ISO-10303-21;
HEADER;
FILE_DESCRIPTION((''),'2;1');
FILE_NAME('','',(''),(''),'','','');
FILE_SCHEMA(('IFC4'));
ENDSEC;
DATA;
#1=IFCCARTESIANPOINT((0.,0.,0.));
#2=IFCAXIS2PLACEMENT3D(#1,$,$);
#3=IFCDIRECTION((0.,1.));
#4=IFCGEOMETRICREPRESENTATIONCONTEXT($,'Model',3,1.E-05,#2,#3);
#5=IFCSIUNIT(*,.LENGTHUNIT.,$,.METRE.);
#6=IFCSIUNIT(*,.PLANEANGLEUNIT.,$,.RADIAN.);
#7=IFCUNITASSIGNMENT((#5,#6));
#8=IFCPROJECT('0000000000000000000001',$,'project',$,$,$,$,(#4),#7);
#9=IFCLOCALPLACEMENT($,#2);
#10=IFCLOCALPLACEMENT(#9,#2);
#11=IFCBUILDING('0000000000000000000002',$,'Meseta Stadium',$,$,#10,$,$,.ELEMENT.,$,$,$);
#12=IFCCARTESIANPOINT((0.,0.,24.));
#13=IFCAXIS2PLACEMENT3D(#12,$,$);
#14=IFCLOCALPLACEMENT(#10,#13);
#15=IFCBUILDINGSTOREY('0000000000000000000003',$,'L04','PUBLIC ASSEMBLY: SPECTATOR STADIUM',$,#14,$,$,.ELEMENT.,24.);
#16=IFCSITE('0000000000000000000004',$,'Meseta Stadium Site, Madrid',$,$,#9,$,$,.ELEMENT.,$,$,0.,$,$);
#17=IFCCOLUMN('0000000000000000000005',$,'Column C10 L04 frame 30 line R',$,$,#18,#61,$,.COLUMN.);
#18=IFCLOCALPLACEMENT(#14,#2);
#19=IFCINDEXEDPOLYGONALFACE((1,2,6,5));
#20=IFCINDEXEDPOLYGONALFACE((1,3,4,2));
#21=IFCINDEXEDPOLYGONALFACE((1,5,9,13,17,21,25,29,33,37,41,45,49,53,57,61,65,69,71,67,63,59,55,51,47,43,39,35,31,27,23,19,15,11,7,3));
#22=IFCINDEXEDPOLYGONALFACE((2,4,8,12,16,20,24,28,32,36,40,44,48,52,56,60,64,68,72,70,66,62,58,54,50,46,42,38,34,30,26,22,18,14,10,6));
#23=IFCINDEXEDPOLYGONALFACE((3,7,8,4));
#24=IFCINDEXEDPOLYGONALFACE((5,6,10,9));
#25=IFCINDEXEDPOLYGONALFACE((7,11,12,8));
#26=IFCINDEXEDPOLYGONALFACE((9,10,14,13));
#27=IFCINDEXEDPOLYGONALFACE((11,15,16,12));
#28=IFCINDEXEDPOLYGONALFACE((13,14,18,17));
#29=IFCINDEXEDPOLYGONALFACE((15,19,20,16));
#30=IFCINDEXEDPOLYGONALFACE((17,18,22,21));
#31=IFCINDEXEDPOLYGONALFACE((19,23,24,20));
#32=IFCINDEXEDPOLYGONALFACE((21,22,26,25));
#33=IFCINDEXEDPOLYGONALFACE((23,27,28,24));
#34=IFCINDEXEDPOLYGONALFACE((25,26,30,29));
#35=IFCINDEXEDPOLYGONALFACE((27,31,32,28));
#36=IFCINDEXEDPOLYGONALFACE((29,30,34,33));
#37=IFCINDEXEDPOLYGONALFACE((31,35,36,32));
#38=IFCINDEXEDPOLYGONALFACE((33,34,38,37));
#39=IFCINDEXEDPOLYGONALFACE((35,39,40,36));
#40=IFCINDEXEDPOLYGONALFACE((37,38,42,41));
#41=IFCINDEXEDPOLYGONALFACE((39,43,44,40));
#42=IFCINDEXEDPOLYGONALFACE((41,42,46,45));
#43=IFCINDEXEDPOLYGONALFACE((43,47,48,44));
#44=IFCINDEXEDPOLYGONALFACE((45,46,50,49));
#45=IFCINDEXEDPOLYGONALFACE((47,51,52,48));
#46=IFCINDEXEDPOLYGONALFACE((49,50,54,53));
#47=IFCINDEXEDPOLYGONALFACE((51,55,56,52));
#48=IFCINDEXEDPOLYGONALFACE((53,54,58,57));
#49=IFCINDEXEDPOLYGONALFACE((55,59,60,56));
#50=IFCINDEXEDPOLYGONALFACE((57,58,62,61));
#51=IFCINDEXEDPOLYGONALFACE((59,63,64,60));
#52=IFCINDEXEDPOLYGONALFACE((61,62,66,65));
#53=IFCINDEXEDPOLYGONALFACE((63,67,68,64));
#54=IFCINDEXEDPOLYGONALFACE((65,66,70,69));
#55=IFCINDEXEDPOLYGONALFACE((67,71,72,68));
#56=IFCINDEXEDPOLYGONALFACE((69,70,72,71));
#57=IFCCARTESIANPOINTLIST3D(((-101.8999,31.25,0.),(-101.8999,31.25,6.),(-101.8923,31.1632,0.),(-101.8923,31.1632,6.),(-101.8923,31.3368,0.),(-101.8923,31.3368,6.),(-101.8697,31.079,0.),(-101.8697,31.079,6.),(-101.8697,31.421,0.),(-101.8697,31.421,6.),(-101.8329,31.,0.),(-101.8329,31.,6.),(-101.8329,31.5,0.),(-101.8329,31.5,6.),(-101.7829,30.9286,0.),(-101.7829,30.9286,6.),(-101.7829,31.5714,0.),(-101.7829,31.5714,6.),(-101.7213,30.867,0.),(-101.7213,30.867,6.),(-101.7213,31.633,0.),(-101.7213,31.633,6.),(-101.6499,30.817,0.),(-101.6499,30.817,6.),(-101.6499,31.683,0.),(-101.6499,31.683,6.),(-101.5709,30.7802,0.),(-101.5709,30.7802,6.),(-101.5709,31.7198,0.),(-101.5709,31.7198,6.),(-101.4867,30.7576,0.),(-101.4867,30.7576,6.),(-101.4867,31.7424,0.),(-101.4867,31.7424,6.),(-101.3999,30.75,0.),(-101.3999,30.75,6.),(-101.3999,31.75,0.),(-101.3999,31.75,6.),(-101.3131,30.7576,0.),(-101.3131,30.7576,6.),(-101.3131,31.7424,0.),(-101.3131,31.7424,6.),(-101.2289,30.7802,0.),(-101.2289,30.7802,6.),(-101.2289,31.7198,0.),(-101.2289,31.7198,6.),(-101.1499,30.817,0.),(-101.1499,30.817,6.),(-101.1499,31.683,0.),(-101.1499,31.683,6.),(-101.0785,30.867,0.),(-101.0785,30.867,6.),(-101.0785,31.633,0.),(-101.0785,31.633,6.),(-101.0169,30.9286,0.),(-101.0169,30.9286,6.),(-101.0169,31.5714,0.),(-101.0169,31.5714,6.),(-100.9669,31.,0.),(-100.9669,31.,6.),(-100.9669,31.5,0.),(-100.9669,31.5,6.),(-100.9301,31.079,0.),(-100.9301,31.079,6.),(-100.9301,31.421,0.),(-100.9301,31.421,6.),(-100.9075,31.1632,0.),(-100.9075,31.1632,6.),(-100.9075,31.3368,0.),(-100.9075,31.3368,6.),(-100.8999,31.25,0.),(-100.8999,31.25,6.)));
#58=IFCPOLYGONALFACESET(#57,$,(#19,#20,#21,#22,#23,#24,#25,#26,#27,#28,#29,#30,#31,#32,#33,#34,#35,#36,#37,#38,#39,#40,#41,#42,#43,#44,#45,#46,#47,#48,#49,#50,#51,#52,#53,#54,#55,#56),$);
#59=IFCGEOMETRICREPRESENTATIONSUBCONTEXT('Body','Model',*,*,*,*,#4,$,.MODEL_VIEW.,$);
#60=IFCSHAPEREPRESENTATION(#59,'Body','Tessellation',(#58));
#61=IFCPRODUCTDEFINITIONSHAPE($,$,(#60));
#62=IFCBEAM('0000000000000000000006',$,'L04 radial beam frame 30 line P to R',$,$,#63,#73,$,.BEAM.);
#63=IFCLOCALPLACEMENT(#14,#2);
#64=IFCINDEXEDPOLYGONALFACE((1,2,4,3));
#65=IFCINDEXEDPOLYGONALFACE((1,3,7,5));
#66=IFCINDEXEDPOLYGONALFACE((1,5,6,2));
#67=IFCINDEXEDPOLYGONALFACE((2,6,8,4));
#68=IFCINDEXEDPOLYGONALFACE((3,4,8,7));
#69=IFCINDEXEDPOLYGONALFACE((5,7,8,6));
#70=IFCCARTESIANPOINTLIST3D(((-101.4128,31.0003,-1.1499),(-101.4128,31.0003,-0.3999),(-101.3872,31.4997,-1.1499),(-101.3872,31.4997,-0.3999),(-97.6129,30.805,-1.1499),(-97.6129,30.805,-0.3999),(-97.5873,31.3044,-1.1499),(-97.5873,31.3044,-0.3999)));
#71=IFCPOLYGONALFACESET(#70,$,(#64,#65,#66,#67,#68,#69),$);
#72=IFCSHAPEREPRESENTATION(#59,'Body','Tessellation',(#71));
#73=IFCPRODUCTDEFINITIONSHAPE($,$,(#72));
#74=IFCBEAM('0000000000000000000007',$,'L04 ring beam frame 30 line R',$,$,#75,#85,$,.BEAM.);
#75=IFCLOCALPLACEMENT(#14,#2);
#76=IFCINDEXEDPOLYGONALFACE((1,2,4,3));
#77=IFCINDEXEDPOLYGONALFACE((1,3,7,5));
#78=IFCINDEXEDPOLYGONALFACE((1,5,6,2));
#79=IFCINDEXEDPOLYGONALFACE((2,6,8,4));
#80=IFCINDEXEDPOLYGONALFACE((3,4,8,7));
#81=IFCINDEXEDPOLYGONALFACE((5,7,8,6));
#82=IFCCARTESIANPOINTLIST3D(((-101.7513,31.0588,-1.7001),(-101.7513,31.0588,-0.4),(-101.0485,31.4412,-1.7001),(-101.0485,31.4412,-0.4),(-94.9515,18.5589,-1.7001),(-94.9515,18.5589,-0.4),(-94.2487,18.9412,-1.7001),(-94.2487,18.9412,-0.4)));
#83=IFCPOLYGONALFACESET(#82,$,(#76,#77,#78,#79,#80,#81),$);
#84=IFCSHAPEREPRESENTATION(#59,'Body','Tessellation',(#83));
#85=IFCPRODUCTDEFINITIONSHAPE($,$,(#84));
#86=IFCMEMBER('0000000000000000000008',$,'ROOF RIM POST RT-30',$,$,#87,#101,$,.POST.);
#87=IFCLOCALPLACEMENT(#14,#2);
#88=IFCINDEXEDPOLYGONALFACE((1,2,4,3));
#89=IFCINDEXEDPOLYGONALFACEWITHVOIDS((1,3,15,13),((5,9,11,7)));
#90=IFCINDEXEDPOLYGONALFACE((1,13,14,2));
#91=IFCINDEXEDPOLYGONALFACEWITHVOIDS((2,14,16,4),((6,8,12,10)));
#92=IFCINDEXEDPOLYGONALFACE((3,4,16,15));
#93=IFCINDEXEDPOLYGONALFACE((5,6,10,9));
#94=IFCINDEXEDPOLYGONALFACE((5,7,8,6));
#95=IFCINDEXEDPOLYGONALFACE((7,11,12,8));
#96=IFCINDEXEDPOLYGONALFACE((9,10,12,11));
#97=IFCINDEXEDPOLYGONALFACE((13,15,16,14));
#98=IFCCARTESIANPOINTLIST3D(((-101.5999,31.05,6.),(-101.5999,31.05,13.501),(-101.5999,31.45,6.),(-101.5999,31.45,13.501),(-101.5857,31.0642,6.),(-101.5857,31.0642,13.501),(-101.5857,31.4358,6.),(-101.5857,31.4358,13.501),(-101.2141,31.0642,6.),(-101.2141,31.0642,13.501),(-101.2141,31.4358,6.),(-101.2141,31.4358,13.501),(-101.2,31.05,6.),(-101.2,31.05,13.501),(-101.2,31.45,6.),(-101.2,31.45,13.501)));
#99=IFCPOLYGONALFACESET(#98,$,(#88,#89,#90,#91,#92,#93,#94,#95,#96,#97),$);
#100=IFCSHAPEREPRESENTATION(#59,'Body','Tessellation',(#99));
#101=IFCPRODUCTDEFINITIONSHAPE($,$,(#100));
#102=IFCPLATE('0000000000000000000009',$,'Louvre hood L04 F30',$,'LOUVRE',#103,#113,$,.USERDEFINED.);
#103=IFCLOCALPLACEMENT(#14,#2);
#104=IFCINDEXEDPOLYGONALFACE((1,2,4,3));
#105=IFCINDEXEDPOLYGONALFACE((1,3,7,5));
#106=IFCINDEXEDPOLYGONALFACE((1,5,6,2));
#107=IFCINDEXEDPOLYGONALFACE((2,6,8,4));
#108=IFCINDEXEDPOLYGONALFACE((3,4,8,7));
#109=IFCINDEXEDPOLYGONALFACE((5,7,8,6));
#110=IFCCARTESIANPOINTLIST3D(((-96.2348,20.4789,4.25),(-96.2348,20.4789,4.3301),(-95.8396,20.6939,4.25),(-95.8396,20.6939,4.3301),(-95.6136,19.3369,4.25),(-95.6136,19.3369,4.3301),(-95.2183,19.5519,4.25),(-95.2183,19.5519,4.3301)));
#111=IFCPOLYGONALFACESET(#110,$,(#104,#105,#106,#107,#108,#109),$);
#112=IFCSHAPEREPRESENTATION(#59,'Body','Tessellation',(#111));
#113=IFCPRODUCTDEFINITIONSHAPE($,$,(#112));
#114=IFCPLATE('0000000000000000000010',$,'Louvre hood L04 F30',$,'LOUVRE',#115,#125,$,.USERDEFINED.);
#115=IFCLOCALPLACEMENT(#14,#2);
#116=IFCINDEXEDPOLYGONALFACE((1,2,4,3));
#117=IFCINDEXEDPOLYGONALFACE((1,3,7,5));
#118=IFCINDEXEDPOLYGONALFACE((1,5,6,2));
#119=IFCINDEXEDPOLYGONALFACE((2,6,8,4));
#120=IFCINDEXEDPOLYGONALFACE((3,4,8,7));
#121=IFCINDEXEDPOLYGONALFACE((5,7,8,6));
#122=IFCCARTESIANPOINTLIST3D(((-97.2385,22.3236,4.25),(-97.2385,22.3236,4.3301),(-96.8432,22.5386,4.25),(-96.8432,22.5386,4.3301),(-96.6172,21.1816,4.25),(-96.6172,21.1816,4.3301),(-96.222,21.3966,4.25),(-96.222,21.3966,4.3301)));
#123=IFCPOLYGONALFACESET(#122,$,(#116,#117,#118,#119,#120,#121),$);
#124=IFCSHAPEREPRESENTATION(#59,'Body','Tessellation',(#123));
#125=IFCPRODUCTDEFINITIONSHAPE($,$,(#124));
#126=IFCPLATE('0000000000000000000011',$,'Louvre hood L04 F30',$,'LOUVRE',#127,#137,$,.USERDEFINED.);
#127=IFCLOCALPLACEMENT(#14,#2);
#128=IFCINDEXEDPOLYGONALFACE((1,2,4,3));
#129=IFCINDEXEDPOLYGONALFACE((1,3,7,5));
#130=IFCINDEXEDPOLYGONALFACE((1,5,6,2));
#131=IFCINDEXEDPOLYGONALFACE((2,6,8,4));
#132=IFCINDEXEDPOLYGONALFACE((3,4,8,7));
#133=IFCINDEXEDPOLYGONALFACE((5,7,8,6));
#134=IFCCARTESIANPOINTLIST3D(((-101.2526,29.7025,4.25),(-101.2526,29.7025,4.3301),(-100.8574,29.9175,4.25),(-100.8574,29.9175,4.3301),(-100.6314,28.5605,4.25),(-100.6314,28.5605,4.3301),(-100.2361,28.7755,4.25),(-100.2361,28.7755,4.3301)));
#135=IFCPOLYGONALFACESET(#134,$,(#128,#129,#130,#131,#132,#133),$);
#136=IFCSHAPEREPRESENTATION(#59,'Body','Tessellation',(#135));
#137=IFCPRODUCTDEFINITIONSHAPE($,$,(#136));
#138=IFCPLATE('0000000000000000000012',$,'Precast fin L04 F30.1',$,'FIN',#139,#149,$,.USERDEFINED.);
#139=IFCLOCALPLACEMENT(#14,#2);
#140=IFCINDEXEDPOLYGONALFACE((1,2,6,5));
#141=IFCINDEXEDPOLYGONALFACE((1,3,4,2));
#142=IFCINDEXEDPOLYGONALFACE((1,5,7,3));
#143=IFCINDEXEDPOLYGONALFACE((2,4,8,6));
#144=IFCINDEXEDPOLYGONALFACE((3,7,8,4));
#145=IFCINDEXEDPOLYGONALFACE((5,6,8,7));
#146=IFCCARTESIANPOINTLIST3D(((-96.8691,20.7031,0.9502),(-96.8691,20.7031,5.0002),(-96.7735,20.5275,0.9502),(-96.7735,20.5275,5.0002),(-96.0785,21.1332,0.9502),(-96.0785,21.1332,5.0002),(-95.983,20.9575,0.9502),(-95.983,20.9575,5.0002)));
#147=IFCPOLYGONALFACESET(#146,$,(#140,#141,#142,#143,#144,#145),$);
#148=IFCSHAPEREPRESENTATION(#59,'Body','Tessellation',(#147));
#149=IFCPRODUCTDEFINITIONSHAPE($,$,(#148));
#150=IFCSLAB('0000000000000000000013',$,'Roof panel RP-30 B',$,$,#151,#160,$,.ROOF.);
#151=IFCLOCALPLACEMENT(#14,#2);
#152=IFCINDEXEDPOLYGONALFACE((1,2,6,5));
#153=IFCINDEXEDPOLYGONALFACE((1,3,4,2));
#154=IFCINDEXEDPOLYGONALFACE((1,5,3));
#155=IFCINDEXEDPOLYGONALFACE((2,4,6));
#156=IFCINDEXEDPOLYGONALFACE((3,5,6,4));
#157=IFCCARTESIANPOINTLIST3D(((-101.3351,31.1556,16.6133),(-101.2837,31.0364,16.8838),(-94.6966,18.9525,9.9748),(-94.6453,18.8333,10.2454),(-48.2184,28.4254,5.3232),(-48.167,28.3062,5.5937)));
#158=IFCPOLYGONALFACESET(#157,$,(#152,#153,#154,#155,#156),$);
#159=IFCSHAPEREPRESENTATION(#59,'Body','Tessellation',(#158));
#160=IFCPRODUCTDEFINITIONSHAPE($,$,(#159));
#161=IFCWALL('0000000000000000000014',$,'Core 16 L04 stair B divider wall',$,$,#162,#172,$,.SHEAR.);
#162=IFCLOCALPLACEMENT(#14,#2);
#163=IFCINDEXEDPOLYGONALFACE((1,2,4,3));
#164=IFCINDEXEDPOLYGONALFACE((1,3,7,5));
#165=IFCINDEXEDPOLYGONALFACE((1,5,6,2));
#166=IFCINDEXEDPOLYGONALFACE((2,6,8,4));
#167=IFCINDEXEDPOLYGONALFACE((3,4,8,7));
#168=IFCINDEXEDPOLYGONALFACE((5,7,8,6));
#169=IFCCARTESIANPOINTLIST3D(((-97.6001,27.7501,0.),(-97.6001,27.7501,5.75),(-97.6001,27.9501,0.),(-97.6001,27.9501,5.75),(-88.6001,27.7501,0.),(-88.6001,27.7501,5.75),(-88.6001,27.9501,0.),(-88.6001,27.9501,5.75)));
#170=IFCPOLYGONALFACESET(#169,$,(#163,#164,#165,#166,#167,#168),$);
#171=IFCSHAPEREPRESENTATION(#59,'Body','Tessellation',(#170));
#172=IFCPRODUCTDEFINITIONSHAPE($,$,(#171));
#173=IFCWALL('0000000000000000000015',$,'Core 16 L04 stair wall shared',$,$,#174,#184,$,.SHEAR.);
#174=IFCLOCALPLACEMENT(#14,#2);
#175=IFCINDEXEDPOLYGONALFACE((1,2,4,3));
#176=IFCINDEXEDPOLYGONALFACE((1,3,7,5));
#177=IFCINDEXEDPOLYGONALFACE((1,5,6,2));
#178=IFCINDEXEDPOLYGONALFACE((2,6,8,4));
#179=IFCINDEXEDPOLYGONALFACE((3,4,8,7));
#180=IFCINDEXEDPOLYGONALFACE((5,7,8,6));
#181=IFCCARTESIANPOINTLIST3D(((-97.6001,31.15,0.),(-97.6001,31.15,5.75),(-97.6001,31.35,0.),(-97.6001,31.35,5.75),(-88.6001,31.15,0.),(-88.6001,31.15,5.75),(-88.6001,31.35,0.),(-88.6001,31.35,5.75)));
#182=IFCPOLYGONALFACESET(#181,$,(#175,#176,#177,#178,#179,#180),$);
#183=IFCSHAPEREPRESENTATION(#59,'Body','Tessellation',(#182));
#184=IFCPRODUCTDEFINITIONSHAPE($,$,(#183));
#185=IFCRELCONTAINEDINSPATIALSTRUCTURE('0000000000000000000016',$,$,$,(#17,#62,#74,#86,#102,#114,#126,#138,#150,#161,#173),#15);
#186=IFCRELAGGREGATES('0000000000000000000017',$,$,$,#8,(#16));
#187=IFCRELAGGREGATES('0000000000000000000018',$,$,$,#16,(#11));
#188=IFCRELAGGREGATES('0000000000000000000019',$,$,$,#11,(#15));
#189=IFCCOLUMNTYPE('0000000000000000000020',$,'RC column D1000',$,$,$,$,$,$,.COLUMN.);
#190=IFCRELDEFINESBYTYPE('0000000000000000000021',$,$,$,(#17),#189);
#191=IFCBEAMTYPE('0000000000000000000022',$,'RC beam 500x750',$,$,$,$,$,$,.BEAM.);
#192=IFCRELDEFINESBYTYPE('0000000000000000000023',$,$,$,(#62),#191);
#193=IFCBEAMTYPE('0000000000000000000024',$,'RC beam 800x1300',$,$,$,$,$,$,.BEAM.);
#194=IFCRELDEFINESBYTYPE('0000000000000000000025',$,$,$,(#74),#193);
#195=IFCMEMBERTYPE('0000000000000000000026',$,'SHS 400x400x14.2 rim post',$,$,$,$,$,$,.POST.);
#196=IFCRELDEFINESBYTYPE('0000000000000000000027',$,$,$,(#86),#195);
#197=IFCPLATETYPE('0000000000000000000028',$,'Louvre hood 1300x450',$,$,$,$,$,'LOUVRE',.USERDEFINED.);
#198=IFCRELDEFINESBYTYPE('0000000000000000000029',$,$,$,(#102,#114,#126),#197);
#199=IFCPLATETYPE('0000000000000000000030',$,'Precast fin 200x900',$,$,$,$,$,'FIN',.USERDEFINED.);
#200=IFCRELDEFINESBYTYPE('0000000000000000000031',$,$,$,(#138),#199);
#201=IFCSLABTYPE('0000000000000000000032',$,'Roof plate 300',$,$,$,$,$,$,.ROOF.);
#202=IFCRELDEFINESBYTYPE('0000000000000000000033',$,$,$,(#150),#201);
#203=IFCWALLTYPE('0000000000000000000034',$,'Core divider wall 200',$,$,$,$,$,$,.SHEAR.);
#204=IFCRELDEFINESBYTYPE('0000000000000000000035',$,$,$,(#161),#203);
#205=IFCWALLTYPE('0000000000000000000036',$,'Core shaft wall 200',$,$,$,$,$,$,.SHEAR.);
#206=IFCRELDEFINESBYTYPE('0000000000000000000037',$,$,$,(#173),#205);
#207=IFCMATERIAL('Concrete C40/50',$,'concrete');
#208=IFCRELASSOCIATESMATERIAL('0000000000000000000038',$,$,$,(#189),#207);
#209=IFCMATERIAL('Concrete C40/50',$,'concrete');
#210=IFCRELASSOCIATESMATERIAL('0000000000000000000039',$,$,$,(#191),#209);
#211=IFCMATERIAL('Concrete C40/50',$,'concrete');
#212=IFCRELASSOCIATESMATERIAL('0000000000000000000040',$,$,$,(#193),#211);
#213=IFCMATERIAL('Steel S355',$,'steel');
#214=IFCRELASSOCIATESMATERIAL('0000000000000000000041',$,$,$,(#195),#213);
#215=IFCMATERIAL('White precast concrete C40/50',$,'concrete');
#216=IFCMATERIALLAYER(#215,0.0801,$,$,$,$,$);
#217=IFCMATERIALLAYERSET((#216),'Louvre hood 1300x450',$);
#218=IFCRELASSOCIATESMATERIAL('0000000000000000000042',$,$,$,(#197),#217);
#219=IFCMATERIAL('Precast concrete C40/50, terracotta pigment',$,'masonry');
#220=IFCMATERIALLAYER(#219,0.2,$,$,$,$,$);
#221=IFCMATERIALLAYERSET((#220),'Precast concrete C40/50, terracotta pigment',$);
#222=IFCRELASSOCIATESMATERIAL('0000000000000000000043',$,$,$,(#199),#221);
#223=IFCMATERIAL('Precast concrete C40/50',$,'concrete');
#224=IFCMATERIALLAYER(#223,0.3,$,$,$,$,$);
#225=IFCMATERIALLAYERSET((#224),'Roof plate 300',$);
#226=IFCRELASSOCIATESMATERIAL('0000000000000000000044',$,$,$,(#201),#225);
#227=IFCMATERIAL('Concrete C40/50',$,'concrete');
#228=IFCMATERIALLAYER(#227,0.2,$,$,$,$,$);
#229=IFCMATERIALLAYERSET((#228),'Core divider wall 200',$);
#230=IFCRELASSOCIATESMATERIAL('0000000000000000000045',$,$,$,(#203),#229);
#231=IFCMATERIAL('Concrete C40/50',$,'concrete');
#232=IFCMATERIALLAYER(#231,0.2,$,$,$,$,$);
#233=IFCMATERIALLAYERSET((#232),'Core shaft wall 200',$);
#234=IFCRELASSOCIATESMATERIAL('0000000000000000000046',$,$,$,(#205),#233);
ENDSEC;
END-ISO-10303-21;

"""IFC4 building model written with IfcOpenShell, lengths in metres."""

from ifc_helpers import new_model, si_unit, direction, frame, frame_2d, origin, origin_2d, place, context, subcontext, project, spatial, polyline, rectangle, hollow_rectangle, circle, outline, extrude, material, layer, layer_set, material_profile, profile_set, type_object, element, save


model = new_model("IFC4")

# Units and contexts
model_context = context("Model", 3, precision=1e-05, world=origin(), true_north=direction((0.0, 1.0)))
body_context = subcontext(model_context, "Body", "Model", "MODEL_VIEW")
ifc_project = project(units=[si_unit("LENGTHUNIT", "METRE"), si_unit("PLANEANGLEUNIT", "RADIAN")], contexts=[model_context])

# Site, building, storey
site_placement = place(None, origin())
site = spatial("IfcSite", under=ifc_project, at=site_placement, Name="Meseta Stadium Site, Madrid", CompositionType="ELEMENT", RefElevation=0.0)
building_placement = place(site_placement, origin())
building = spatial("IfcBuilding", under=site, at=building_placement, Name="Meseta Stadium", CompositionType="ELEMENT")
storey_placement = place(building_placement, frame((0.0, 0.0, 24.0)))
storey = spatial("IfcBuildingStorey", under=building, at=storey_placement, Name="L04", Description="PUBLIC ASSEMBLY: SPECTATOR STADIUM", CompositionType="ELEMENT", Elevation=24.0)

# Column
ifc_material_1 = material(Name="Concrete C40/50", Category="concrete")
ifc_material_profile_1 = material_profile(ifc_material_1, circle(Radius=0.5, at=origin_2d()), Name="RC D1000")
ifc_profile_set_1 = profile_set([ifc_material_profile_1], Name="Concrete C40/50")
column_type = type_object("IfcColumnType", Name="RC column D1000", PredefinedType="COLUMN", material=ifc_profile_set_1)
column_placement = place(storey_placement, frame((-101.3999, 31.25, 0.0), z_axis=(0.0, 0.0, 1.0), x_axis=(1.0, 0.0, 0.0)))
element("IfcColumn", 1, at=column_placement, inside=storey, type_object=column_type, Name="Column C10 L04 frame 30 line R", PredefinedType="COLUMN", context=body_context, shape_type="SweptSolid", body=[
    extrude(circle(Radius=0.5, at=origin_2d()), origin(), (0.0, 0.0, 1.0), 6.0),
])

# Beams
ifc_material_2 = material(Name="Concrete C40/50", Category="concrete")
ifc_material_profile_2 = material_profile(ifc_material_2, rectangle(XDim=0.5, YDim=0.75, at=origin_2d()), Name="RC 500x750")
ifc_profile_set_2 = profile_set([ifc_material_profile_2], Name="Concrete C40/50")
beam_type_1 = type_object("IfcBeamType", Name="RC beam 500x750", PredefinedType="BEAM", material=ifc_profile_set_2)
beam_1_placement = place(storey_placement, frame((-97.6001, 31.0547, -0.7749), z_axis=(-0.998682, 0.051333, 0.0), x_axis=(-0.051333, -0.998682, 0.0)))
element("IfcBeam", 2, at=beam_1_placement, inside=storey, type_object=beam_type_1, Name="L04 radial beam frame 30 line P to R", PredefinedType="BEAM", context=body_context, shape_type="SweptSolid", body=[
    extrude(rectangle(XDim=0.5, YDim=0.75, at=origin_2d()), origin(), (0.0, 0.0, 1.0), 3.8049),
])
ifc_material_3 = material(Name="Concrete C40/50", Category="concrete")
ifc_material_profile_3 = material_profile(ifc_material_3, rectangle(XDim=0.8, YDim=1.3, at=origin_2d()), Name="RC 800x1300")
ifc_profile_set_3 = profile_set([ifc_material_profile_3], Name="Concrete C40/50")
beam_type_2 = type_object("IfcBeamType", Name="RC beam 800x1300", PredefinedType="BEAM", material=ifc_profile_set_3)
beam_2_placement = place(storey_placement, frame((-101.3999, 31.25, -1.05), z_axis=(0.477856, -0.878438, 0.0), x_axis=(0.878438, 0.477856, 0.0)))
element("IfcBeam", 3, at=beam_2_placement, inside=storey, type_object=beam_type_2, Name="L04 ring beam frame 30 line R", PredefinedType="BEAM", context=body_context, shape_type="SweptSolid", body=[
    extrude(rectangle(XDim=0.8, YDim=1.3, at=origin_2d()), origin(), (0.0, 0.0, 1.0), 14.2297),
])

# Member
ifc_material_4 = material(Name="Steel S355", Category="steel")
ifc_material_profile_4 = material_profile(ifc_material_4, hollow_rectangle(XDim=0.3999, YDim=0.3999, WallThickness=0.0142, at=origin_2d()), Name="SHS 400x400x14.2")
ifc_profile_set_4 = profile_set([ifc_material_profile_4], Name="Steel S355")
member_type = type_object("IfcMemberType", Name="SHS 400x400x14.2 rim post", PredefinedType="POST", material=ifc_profile_set_4)
member_placement = place(storey_placement, frame((-101.3999, 31.25, 6.0), z_axis=(0.0, 0.0, 1.0), x_axis=(1.0, 0.0, 0.0)))
element("IfcMember", 4, at=member_placement, inside=storey, type_object=member_type, Name="ROOF RIM POST RT-30", PredefinedType="POST", context=body_context, shape_type="SweptSolid", body=[
    extrude(hollow_rectangle(XDim=0.3999, YDim=0.3999, WallThickness=0.0142, at=origin_2d()), origin(), (0.0, 0.0, 1.0), 7.501),
])

# Plates
ifc_material_5 = material(Name="White precast concrete C40/50", Category="concrete")
ifc_layer_1 = layer(ifc_material_5, 0.0801)
ifc_layer_set_1 = layer_set([ifc_layer_1], Name="Louvre hood 1300x450")
plate_type_1 = type_object("IfcPlateType", Name="Louvre hood 1300x450", ElementType="LOUVRE", PredefinedType="USERDEFINED", material=ifc_layer_set_1)
for number, where, z_axis, x_axis, name in (
    (5, (-95.7266, 20.0154, 4.25), (0.0, 0.0, 1.0), (0.477867, -0.878432, 0.0), "Louvre hood L04 F30"),
    (6, (-96.7302, 21.8601, 4.25), (0.0, 0.0, 1.0), (0.477867, -0.878432, 0.0), "Louvre hood L04 F30"),
    (7, (-100.7444, 29.239, 4.25), (0.0, 0.0, 1.0), (0.477867, -0.878432, 0.0), "Louvre hood L04 F30"),
):
    element("IfcPlate", number, at=place(storey_placement, frame(where, z_axis=z_axis, x_axis=x_axis)), inside=storey, type_object=plate_type_1, Name=name, ObjectType="LOUVRE", PredefinedType="USERDEFINED", context=body_context, shape_type="SweptSolid", body=[
        extrude(rectangle(XDim=1.3, YDim=0.45, at=origin_2d()), origin(), (0.0, 0.0, 1.0), 0.0801),
    ])
ifc_material_6 = material(Name="Precast concrete C40/50, terracotta pigment", Category="masonry")
ifc_layer_2 = layer(ifc_material_6, 0.2)
ifc_layer_set_2 = layer_set([ifc_layer_2], Name="Precast concrete C40/50, terracotta pigment")
plate_type_2 = type_object("IfcPlateType", Name="Precast fin 200x900", ElementType="FIN", PredefinedType="USERDEFINED", material=ifc_layer_set_2)
plate_placement = place(storey_placement, frame((-96.426, 20.8303, 0.9502), z_axis=(0.0, 0.0, 1.0), x_axis=(-0.477867, 0.878432, 0.0)))
element("IfcPlate", 8, at=plate_placement, inside=storey, type_object=plate_type_2, Name="Precast fin L04 F30.1", ObjectType="FIN", PredefinedType="USERDEFINED", context=body_context, shape_type="SweptSolid", body=[
    extrude(rectangle(XDim=0.2, YDim=0.8999, at=origin_2d()), origin(), (0.0, 0.0, 1.0), 4.05),
])

# Slab
ifc_material_7 = material(Name="Precast concrete C40/50", Category="concrete")
ifc_layer_3 = layer(ifc_material_7, 0.3)
ifc_layer_set_3 = layer_set([ifc_layer_3], Name="Roof plate 300")
slab_type = type_object("IfcSlabType", Name="Roof plate 300", PredefinedType="ROOF", material=ifc_layer_set_3)
slab_placement = place(storey_placement, frame((-101.2837, 31.0364, 16.8838), z_axis=(0.171208, -0.397313, 0.901571), x_axis=(0.976915, -0.050214, -0.207645)))
element("IfcSlab", 9, at=slab_placement, inside=storey, type_object=slab_type, Name="Roof panel RP-30 B", PredefinedType="ROOF", context=body_context, shape_type="SweptSolid", body=[
    extrude(outline(polyline([(0.0, 0.0), (54.3719, 0.0), (8.4764, -12.8532), (0.0, 0.0)])), origin(), (0.0, 0.0, -1.0), 0.3),
])

# Walls
ifc_material_8 = material(Name="Concrete C40/50", Category="concrete")
ifc_layer_4 = layer(ifc_material_8, 0.2)
ifc_layer_set_4 = layer_set([ifc_layer_4], Name="Core divider wall 200")
wall_type_1 = type_object("IfcWallType", Name="Core divider wall 200", PredefinedType="SHEAR", material=ifc_layer_set_4)
wall_1_placement = place(storey_placement, frame((-97.6001, 27.8501, 0.0), z_axis=(0.0, 0.0, 1.0), x_axis=(1.0, 0.0, 0.0)))
element("IfcWall", 10, at=wall_1_placement, inside=storey, type_object=wall_type_1, Name="Core 16 L04 stair B divider wall", PredefinedType="SHEAR", context=body_context, shape_type="SweptSolid", body=[
    extrude(rectangle(XDim=9.0, YDim=0.2, at=frame_2d((4.5, 0.0))), origin(), (0.0, 0.0, 1.0), 5.75),
])
ifc_material_9 = material(Name="Concrete C40/50", Category="concrete")
ifc_layer_5 = layer(ifc_material_9, 0.2)
ifc_layer_set_5 = layer_set([ifc_layer_5], Name="Core shaft wall 200")
wall_type_2 = type_object("IfcWallType", Name="Core shaft wall 200", PredefinedType="SHEAR", material=ifc_layer_set_5)
for number, where, z_axis, x_axis, name in (
    (11, (-97.6001, 31.25, 0.0), (0.0, 0.0, 1.0), (1.0, 0.0, 0.0), "Core 16 L04 stair wall shared"),
):
    element("IfcWall", number, at=place(storey_placement, frame(where, z_axis=z_axis, x_axis=x_axis)), inside=storey, type_object=wall_type_2, Name=name, PredefinedType="SHEAR", context=body_context, shape_type="SweptSolid", body=[
        extrude(rectangle(XDim=9.0, YDim=0.2, at=frame_2d((4.5, 0.0))), origin(), (0.0, 0.0, 1.0), 5.75),
    ])

save(model, "model.ifc")
